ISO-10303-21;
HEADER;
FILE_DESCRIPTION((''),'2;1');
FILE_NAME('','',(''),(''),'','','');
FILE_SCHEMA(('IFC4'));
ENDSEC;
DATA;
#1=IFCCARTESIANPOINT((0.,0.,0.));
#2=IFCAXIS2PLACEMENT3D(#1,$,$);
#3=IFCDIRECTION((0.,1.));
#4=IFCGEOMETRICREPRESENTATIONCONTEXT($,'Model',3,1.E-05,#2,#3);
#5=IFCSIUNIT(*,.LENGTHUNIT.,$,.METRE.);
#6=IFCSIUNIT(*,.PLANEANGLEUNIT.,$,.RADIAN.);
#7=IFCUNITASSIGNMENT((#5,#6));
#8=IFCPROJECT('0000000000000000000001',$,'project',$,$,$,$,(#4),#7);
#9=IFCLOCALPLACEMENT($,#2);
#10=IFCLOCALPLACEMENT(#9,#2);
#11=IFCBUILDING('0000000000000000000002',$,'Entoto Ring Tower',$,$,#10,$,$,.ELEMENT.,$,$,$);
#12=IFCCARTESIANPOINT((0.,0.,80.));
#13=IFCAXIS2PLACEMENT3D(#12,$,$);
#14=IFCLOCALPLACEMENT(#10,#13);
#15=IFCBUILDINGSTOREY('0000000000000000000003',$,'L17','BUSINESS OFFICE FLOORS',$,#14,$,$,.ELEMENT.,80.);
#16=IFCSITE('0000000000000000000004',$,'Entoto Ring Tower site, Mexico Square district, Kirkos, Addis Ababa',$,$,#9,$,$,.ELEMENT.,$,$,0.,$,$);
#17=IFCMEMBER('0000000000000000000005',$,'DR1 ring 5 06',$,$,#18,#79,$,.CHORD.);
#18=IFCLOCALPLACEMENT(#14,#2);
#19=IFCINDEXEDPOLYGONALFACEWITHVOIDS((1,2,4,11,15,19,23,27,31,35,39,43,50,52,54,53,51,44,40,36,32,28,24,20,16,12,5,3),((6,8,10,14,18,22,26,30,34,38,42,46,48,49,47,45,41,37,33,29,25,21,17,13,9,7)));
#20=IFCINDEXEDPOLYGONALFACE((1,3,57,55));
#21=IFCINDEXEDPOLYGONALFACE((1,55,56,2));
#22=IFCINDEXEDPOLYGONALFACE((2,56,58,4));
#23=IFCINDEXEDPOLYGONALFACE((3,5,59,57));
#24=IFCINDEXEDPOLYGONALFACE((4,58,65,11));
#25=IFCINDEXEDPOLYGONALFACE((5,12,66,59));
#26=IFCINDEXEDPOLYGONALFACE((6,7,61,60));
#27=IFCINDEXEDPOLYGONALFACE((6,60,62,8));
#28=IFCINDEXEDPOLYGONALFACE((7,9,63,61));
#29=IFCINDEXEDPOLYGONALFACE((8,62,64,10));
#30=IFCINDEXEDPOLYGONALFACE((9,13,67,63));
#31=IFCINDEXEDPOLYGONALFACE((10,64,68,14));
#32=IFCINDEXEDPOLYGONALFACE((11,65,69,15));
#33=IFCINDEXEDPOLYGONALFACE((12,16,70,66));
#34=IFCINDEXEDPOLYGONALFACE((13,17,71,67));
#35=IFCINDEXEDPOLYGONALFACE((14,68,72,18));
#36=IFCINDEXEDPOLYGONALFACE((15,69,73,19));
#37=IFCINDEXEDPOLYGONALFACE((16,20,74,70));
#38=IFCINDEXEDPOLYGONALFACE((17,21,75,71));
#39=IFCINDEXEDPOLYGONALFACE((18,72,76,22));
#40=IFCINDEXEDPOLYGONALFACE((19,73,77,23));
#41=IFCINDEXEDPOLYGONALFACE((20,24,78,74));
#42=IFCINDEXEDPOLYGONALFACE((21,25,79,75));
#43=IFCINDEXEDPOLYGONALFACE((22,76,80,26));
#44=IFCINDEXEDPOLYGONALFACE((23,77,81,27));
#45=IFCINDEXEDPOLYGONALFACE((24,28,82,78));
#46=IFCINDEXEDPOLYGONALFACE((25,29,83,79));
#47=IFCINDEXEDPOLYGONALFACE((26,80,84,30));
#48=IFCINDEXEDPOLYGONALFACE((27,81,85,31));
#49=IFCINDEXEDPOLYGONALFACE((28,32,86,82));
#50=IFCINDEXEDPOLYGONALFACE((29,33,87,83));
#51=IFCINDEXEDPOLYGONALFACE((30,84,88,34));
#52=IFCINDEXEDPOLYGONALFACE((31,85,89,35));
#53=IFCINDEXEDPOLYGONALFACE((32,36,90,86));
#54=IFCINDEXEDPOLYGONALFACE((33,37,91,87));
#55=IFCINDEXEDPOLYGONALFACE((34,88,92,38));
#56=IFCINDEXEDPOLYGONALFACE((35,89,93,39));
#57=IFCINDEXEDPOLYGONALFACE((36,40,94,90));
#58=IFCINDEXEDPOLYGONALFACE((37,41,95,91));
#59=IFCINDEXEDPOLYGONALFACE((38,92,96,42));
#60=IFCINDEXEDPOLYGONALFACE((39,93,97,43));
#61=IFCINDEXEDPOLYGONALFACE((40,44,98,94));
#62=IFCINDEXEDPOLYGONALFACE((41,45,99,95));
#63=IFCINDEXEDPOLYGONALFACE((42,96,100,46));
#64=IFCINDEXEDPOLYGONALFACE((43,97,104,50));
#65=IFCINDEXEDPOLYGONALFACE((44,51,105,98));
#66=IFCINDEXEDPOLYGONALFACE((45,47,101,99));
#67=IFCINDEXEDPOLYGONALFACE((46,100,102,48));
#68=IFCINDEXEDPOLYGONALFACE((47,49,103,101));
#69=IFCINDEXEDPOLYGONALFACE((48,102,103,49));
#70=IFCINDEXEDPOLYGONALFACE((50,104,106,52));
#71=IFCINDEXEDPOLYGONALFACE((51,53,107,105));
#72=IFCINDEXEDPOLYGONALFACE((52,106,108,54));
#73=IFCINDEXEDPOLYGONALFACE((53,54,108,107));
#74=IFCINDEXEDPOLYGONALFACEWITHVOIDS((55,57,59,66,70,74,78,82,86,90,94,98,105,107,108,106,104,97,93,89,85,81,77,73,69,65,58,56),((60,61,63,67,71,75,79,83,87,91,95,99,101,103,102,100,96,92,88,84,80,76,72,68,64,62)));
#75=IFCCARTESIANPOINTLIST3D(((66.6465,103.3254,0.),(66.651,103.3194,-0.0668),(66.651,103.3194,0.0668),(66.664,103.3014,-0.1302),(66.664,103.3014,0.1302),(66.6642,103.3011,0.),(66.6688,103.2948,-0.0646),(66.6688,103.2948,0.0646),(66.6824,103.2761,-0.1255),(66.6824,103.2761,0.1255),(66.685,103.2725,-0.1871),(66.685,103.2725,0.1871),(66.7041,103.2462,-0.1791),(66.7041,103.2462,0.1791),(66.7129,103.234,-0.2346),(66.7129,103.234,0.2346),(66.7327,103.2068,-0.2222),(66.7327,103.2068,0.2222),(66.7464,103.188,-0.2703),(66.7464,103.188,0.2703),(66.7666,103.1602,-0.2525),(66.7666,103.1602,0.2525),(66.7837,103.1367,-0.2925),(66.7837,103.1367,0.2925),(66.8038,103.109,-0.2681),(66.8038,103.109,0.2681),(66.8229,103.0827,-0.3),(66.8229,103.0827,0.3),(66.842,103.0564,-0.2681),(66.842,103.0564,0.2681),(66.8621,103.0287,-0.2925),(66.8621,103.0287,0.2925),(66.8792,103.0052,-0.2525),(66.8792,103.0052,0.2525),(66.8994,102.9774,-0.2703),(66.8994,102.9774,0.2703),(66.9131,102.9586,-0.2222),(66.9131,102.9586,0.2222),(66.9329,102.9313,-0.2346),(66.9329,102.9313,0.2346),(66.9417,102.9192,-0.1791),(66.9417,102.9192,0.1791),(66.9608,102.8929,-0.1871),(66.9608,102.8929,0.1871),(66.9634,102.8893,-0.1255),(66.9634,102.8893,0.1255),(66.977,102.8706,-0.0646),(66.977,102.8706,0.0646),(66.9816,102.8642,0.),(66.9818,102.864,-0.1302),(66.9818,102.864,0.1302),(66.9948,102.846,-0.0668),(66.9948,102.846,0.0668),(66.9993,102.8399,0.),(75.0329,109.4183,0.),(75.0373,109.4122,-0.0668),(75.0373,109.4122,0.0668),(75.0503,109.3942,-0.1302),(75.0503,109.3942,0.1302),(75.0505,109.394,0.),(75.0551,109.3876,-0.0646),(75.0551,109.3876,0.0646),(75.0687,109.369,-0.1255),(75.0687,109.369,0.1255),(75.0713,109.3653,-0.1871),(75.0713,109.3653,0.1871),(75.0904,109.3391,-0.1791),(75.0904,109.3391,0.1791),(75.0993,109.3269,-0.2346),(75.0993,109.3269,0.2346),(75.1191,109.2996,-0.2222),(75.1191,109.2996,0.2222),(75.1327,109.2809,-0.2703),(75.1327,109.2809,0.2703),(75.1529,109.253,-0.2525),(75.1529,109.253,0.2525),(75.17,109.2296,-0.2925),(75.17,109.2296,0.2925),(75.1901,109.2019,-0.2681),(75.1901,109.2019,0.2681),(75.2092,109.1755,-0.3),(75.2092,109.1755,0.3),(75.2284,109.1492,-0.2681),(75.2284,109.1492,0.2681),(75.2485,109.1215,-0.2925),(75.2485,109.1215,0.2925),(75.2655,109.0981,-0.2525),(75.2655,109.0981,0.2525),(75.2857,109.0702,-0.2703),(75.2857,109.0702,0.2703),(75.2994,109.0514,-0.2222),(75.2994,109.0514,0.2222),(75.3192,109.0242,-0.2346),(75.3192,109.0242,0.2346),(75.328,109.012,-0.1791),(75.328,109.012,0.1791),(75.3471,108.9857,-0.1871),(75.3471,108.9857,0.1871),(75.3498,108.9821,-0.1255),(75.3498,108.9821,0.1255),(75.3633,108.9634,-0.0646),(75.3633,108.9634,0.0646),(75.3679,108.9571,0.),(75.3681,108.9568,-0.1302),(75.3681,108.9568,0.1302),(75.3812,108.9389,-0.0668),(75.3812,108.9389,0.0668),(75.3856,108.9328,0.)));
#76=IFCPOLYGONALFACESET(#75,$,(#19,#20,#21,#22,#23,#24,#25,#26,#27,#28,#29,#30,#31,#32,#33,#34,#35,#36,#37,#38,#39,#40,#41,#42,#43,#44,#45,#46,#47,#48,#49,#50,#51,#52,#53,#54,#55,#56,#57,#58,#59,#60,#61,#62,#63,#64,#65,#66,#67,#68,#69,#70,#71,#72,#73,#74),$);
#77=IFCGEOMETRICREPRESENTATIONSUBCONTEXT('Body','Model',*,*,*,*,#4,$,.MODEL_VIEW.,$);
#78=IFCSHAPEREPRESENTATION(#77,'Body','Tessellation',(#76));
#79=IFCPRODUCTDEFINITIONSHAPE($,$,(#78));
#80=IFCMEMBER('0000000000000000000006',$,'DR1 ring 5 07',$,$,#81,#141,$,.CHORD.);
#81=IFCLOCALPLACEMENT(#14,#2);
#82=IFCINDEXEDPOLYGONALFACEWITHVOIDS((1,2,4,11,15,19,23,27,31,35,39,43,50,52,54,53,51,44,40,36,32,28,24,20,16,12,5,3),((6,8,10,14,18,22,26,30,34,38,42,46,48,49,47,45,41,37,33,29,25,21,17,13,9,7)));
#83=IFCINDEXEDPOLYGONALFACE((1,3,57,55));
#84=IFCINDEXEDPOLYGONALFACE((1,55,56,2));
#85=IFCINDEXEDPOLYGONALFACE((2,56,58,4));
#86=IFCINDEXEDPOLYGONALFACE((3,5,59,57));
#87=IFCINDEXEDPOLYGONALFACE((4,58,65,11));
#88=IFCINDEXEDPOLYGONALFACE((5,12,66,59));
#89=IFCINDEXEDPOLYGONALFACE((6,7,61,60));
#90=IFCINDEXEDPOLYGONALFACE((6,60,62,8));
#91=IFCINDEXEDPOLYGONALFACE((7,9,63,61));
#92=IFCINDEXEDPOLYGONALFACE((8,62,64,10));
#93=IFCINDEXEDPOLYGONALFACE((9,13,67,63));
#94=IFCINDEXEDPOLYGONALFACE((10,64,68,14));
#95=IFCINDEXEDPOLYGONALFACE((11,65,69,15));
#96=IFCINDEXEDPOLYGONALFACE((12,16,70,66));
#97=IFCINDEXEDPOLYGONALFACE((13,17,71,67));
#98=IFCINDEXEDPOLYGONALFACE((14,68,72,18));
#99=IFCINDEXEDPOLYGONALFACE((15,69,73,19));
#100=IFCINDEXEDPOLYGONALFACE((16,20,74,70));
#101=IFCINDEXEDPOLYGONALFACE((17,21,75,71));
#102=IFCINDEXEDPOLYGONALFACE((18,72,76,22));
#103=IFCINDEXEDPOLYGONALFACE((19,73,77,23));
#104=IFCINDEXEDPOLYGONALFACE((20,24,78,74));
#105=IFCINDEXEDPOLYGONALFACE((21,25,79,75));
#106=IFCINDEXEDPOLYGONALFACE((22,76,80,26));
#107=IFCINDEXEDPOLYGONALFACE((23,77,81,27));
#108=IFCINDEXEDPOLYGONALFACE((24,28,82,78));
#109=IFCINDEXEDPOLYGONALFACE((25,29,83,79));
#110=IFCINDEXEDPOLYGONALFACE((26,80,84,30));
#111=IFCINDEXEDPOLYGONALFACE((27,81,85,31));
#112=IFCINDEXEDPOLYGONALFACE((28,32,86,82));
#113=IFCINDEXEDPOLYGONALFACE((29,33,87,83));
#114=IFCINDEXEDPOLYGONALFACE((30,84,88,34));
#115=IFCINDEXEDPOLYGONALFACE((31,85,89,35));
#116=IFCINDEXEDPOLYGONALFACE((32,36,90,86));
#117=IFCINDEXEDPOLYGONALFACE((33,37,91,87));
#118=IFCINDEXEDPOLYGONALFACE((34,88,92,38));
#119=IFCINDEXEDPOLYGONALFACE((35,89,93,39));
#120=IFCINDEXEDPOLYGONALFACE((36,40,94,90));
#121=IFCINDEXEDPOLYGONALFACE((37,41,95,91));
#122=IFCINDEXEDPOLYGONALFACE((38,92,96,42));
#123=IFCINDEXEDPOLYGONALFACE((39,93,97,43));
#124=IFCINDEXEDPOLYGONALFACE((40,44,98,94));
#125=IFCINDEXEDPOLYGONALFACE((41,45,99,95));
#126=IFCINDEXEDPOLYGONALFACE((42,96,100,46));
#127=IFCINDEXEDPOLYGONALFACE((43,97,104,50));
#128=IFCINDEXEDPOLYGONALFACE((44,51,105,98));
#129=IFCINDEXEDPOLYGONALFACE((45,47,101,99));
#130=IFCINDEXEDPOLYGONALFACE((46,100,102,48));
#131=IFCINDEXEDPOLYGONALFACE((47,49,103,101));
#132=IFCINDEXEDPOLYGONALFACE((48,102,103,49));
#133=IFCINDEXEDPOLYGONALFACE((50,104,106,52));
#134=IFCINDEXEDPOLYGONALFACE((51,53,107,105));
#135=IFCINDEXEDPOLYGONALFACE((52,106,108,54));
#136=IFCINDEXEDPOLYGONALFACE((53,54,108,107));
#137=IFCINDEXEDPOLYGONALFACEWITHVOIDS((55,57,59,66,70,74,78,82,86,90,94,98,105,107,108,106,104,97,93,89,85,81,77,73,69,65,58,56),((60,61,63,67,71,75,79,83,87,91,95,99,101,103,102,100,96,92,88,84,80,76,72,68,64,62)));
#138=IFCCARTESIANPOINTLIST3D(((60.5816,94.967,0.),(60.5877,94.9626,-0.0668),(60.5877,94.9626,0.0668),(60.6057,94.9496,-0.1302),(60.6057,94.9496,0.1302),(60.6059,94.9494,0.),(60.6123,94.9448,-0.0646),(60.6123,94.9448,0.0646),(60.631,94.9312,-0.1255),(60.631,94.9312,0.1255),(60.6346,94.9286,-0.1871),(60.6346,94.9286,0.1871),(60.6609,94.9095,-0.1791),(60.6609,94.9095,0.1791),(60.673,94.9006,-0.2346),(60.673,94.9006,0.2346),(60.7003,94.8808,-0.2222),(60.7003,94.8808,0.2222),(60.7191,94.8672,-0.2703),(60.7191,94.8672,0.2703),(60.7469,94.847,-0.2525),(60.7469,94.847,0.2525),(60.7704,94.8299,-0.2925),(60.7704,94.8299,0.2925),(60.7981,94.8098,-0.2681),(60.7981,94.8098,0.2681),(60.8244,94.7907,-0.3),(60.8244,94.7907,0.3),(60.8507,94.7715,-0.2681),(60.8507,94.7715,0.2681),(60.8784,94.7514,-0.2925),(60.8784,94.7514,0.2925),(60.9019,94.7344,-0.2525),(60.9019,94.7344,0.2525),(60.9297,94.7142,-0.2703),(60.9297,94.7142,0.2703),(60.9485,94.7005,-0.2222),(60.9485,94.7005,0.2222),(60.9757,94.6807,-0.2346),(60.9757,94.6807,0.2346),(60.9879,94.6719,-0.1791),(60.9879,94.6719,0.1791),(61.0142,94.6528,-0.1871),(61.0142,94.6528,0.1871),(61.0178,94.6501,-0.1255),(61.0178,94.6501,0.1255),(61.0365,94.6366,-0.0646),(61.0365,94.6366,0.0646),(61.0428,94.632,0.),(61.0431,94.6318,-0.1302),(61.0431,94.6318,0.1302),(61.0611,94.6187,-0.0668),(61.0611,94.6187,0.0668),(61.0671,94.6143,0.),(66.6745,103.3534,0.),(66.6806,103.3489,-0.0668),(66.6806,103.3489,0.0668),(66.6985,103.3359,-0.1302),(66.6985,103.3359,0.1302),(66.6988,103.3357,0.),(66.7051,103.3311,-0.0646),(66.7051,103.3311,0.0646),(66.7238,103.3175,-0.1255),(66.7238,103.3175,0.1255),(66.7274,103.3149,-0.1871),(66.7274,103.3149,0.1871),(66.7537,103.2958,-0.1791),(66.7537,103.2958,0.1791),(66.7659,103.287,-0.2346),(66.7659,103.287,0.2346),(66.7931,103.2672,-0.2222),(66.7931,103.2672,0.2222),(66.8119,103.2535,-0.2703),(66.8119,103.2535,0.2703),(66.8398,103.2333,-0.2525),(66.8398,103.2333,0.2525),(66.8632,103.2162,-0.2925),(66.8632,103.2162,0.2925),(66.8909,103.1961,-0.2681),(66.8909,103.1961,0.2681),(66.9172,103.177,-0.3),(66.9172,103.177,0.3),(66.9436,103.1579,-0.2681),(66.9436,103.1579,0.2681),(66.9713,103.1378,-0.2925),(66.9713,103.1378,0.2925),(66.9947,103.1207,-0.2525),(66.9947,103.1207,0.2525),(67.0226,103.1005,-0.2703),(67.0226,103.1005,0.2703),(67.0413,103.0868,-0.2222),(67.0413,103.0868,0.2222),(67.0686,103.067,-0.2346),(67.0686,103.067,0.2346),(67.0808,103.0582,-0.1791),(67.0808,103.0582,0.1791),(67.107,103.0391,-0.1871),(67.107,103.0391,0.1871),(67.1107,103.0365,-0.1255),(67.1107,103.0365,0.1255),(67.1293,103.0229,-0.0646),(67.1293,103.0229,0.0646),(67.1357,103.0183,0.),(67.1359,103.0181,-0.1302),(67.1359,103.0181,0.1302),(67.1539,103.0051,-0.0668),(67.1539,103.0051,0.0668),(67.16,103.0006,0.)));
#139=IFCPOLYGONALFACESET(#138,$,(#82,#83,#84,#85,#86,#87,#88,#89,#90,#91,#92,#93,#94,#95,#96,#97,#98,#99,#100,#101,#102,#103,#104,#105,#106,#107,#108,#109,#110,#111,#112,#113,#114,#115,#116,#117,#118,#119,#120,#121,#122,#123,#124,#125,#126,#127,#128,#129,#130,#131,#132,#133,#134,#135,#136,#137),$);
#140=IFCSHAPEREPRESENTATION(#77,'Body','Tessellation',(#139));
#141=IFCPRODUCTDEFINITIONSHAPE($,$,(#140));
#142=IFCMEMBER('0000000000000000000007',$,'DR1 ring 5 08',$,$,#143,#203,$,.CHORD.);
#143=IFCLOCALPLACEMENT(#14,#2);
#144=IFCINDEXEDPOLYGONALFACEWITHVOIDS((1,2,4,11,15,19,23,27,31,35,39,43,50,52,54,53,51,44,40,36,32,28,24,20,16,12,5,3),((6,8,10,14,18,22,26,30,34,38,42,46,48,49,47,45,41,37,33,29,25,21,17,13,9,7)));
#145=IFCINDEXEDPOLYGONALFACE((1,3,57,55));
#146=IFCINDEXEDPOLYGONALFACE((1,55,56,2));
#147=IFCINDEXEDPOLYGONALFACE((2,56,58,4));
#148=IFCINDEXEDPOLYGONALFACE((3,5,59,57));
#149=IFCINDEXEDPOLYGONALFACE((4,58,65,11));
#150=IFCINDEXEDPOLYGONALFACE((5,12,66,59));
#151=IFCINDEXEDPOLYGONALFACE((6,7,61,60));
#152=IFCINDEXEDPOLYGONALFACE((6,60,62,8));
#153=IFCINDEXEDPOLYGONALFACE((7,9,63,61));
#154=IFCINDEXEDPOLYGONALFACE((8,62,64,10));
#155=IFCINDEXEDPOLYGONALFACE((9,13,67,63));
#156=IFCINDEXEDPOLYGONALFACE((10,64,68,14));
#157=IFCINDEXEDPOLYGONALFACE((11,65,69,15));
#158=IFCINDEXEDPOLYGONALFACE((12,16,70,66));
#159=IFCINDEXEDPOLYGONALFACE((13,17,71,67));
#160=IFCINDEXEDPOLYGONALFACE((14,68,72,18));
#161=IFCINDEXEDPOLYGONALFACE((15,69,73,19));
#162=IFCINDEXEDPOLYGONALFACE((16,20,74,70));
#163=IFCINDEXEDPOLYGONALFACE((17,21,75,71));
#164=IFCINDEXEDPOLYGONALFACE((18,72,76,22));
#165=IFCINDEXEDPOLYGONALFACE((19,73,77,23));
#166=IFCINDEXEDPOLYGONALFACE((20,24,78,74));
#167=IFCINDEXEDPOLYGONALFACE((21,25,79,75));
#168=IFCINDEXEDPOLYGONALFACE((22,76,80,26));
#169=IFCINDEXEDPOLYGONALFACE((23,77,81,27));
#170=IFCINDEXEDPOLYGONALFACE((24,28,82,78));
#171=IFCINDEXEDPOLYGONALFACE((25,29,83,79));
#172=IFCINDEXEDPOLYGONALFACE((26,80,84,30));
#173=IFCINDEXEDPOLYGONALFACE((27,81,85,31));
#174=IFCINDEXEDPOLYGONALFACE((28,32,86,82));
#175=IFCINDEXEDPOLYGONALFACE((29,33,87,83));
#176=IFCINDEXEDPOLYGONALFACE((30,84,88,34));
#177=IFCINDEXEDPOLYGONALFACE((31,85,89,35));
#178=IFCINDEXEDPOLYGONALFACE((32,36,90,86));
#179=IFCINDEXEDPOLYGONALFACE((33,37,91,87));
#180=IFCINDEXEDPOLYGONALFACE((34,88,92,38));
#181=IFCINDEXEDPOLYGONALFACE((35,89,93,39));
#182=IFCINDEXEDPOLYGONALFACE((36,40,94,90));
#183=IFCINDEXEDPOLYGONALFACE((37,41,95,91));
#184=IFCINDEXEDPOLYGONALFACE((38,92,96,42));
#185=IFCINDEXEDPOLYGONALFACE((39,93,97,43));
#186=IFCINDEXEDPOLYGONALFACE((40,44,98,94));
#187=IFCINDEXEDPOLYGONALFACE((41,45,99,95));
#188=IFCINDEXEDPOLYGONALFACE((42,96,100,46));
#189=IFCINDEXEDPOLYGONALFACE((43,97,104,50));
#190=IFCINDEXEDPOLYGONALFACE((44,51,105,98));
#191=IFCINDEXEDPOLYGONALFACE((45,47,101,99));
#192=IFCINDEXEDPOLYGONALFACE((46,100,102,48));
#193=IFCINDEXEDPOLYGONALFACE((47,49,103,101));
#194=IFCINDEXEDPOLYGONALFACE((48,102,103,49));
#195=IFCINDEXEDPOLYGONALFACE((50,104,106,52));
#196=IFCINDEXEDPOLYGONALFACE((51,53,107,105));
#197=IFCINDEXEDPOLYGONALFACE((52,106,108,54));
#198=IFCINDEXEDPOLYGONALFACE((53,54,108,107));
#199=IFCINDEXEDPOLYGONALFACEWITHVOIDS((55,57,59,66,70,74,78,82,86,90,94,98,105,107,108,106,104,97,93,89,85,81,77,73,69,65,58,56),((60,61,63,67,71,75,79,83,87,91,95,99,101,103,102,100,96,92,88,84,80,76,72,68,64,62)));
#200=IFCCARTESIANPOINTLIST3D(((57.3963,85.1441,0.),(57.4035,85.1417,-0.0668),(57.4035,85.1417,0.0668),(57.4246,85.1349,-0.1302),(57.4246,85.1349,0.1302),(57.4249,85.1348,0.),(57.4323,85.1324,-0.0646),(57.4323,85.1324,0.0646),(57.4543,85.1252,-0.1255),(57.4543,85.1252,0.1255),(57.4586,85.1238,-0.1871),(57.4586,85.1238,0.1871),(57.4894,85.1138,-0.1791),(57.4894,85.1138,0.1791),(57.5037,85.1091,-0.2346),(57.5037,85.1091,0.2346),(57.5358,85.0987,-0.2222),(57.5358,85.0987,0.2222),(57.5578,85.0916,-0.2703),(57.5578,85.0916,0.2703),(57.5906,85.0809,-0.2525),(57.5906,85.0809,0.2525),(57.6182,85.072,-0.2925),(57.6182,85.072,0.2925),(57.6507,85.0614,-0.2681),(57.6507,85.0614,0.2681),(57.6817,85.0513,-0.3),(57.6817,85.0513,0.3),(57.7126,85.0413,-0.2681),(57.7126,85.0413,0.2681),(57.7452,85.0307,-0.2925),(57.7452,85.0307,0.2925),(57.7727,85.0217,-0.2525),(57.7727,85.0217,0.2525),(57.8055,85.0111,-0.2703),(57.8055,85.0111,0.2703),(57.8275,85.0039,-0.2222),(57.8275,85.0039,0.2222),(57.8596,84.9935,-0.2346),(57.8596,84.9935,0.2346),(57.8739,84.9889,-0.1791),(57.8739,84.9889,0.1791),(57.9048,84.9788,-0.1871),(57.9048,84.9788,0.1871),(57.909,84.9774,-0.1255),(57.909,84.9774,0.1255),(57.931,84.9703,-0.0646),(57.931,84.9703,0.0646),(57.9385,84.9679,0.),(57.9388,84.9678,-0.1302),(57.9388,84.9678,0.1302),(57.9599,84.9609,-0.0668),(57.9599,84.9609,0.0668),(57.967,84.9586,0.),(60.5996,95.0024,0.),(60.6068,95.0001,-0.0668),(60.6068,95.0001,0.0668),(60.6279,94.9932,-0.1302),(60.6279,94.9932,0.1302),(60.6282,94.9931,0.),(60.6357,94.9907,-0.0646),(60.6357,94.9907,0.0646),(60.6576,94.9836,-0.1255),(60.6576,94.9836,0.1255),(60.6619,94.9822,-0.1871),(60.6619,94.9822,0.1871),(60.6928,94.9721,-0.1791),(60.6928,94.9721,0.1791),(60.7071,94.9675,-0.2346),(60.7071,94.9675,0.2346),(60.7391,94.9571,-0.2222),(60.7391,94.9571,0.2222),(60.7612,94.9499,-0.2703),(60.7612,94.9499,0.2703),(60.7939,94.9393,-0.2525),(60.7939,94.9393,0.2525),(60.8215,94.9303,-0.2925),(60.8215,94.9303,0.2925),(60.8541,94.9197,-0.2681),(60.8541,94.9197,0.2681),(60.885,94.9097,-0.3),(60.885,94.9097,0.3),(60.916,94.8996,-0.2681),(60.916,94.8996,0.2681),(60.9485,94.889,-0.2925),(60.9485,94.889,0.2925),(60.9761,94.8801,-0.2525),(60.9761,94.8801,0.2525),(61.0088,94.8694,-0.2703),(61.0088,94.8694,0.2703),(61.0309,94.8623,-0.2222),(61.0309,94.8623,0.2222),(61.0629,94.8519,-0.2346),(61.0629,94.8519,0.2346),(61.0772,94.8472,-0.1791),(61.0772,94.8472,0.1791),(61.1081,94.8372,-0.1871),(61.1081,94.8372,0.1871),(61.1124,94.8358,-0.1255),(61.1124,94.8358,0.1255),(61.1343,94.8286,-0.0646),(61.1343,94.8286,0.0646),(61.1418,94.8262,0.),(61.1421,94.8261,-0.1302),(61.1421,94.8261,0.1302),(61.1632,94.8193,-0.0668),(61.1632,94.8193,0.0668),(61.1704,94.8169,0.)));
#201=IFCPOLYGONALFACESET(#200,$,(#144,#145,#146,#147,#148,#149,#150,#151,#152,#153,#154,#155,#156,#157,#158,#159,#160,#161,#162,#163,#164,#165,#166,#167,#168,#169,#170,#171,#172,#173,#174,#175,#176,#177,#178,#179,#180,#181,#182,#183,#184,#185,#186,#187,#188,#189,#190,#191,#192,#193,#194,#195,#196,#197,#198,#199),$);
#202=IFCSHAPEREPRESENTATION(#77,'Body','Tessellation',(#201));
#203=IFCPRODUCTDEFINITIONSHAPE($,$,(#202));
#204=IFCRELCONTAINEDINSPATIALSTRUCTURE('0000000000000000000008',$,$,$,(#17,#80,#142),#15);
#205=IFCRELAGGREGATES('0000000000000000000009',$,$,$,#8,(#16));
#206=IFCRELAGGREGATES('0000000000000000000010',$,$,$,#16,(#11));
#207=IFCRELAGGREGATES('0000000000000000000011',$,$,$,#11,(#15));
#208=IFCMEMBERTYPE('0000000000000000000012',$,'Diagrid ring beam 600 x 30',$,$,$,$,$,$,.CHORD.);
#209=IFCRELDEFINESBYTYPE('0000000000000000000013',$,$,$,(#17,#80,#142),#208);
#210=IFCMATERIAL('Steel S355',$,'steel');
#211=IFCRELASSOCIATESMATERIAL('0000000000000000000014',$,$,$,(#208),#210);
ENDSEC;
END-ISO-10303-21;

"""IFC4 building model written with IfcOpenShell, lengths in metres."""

from ifc_helpers import new_model, si_unit, direction, frame, origin, origin_2d, place, context, subcontext, project, spatial, circle, hollow_circle, extrude, material, material_profile, profile_set, type_object, element, save


model = new_model("IFC4")

# Units and contexts
model_context = context("Model", 3, precision=1e-05, world=origin(), true_north=direction((0.0, 1.0)))
body_context = subcontext(model_context, "Body", "Model", "MODEL_VIEW")
ifc_project = project(units=[si_unit("LENGTHUNIT", "METRE"), si_unit("PLANEANGLEUNIT", "RADIAN")], contexts=[model_context])

# Site, building, storey
site_placement = place(None, origin())
site = spatial("IfcSite", under=ifc_project, at=site_placement, Name="Entoto Ring Tower site, Mexico Square district, Kirkos, Addis Ababa", CompositionType="ELEMENT", RefElevation=0.0)
building_placement = place(site_placement, origin())
building = spatial("IfcBuilding", under=site, at=building_placement, Name="Entoto Ring Tower", CompositionType="ELEMENT")
storey_placement = place(building_placement, frame((0.0, 0.0, 80.0)))
storey = spatial("IfcBuildingStorey", under=building, at=storey_placement, Name="L17", Description="BUSINESS OFFICE FLOORS", CompositionType="ELEMENT", Elevation=80.0)

# Members
ifc_material_1 = material(Name="Steel S355", Category="steel")
ifc_material_profile_1 = material_profile(ifc_material_1, hollow_circle(Radius=0.3, WallThickness=0.03, at=origin_2d()), Name="CHS 600 x 30")
ifc_material_2 = material(Name="Concrete C60/75", Category="concrete")
ifc_material_profile_2 = material_profile(ifc_material_2, circle(Radius=0.27, at=origin_2d()), Name="Concrete C60/75 infill")
ifc_profile_set_1 = profile_set([ifc_material_profile_1, ifc_material_profile_2], Name="Steel S355")
member_type_1 = type_object("IfcMemberType", Name="Diagrid ring beam 600 x 30", PredefinedType="CHORD", material=ifc_profile_set_1)
for number, where, z_axis, x_axis, name in (
    (1, (75.2092, 109.1755, 0.0), (-0.809025, -0.587774, 0.0), (0.587774, -0.809025, 0.0), "DR1 ring 5 06"),
    (2, (66.9172, 103.177, 0.0), (-0.587774, -0.809025, 0.0), (0.809025, -0.587774, 0.0), "DR1 ring 5 07"),
):
    element("IfcMember", number, at=place(storey_placement, frame(where, z_axis=z_axis, x_axis=x_axis)), inside=storey, type_object=member_type_1, Name=name, PredefinedType="CHORD", context=body_context, shape_type="SweptSolid", body=[
        extrude(hollow_circle(Radius=0.3, WallThickness=0.03, at=origin_2d()), origin(), (0.0, 0.0, 1.0), 10.366),
    ])
member_1_placement = place(storey_placement, frame((60.885, 94.9097, 0.0), z_axis=(-0.309033, -0.951051, 0.0), x_axis=(0.951051, -0.309033, 0.0)))
element("IfcMember", 3, at=member_1_placement, inside=storey, type_object=member_type_1, Name="DR1 ring 5 08", PredefinedType="CHORD", context=body_context, shape_type="SweptSolid", body=[
    extrude(hollow_circle(Radius=0.3, WallThickness=0.03, at=origin_2d()), origin(), (0.0, 0.0, 1.0), 10.3657),
])

save(model, "model.ifc")
